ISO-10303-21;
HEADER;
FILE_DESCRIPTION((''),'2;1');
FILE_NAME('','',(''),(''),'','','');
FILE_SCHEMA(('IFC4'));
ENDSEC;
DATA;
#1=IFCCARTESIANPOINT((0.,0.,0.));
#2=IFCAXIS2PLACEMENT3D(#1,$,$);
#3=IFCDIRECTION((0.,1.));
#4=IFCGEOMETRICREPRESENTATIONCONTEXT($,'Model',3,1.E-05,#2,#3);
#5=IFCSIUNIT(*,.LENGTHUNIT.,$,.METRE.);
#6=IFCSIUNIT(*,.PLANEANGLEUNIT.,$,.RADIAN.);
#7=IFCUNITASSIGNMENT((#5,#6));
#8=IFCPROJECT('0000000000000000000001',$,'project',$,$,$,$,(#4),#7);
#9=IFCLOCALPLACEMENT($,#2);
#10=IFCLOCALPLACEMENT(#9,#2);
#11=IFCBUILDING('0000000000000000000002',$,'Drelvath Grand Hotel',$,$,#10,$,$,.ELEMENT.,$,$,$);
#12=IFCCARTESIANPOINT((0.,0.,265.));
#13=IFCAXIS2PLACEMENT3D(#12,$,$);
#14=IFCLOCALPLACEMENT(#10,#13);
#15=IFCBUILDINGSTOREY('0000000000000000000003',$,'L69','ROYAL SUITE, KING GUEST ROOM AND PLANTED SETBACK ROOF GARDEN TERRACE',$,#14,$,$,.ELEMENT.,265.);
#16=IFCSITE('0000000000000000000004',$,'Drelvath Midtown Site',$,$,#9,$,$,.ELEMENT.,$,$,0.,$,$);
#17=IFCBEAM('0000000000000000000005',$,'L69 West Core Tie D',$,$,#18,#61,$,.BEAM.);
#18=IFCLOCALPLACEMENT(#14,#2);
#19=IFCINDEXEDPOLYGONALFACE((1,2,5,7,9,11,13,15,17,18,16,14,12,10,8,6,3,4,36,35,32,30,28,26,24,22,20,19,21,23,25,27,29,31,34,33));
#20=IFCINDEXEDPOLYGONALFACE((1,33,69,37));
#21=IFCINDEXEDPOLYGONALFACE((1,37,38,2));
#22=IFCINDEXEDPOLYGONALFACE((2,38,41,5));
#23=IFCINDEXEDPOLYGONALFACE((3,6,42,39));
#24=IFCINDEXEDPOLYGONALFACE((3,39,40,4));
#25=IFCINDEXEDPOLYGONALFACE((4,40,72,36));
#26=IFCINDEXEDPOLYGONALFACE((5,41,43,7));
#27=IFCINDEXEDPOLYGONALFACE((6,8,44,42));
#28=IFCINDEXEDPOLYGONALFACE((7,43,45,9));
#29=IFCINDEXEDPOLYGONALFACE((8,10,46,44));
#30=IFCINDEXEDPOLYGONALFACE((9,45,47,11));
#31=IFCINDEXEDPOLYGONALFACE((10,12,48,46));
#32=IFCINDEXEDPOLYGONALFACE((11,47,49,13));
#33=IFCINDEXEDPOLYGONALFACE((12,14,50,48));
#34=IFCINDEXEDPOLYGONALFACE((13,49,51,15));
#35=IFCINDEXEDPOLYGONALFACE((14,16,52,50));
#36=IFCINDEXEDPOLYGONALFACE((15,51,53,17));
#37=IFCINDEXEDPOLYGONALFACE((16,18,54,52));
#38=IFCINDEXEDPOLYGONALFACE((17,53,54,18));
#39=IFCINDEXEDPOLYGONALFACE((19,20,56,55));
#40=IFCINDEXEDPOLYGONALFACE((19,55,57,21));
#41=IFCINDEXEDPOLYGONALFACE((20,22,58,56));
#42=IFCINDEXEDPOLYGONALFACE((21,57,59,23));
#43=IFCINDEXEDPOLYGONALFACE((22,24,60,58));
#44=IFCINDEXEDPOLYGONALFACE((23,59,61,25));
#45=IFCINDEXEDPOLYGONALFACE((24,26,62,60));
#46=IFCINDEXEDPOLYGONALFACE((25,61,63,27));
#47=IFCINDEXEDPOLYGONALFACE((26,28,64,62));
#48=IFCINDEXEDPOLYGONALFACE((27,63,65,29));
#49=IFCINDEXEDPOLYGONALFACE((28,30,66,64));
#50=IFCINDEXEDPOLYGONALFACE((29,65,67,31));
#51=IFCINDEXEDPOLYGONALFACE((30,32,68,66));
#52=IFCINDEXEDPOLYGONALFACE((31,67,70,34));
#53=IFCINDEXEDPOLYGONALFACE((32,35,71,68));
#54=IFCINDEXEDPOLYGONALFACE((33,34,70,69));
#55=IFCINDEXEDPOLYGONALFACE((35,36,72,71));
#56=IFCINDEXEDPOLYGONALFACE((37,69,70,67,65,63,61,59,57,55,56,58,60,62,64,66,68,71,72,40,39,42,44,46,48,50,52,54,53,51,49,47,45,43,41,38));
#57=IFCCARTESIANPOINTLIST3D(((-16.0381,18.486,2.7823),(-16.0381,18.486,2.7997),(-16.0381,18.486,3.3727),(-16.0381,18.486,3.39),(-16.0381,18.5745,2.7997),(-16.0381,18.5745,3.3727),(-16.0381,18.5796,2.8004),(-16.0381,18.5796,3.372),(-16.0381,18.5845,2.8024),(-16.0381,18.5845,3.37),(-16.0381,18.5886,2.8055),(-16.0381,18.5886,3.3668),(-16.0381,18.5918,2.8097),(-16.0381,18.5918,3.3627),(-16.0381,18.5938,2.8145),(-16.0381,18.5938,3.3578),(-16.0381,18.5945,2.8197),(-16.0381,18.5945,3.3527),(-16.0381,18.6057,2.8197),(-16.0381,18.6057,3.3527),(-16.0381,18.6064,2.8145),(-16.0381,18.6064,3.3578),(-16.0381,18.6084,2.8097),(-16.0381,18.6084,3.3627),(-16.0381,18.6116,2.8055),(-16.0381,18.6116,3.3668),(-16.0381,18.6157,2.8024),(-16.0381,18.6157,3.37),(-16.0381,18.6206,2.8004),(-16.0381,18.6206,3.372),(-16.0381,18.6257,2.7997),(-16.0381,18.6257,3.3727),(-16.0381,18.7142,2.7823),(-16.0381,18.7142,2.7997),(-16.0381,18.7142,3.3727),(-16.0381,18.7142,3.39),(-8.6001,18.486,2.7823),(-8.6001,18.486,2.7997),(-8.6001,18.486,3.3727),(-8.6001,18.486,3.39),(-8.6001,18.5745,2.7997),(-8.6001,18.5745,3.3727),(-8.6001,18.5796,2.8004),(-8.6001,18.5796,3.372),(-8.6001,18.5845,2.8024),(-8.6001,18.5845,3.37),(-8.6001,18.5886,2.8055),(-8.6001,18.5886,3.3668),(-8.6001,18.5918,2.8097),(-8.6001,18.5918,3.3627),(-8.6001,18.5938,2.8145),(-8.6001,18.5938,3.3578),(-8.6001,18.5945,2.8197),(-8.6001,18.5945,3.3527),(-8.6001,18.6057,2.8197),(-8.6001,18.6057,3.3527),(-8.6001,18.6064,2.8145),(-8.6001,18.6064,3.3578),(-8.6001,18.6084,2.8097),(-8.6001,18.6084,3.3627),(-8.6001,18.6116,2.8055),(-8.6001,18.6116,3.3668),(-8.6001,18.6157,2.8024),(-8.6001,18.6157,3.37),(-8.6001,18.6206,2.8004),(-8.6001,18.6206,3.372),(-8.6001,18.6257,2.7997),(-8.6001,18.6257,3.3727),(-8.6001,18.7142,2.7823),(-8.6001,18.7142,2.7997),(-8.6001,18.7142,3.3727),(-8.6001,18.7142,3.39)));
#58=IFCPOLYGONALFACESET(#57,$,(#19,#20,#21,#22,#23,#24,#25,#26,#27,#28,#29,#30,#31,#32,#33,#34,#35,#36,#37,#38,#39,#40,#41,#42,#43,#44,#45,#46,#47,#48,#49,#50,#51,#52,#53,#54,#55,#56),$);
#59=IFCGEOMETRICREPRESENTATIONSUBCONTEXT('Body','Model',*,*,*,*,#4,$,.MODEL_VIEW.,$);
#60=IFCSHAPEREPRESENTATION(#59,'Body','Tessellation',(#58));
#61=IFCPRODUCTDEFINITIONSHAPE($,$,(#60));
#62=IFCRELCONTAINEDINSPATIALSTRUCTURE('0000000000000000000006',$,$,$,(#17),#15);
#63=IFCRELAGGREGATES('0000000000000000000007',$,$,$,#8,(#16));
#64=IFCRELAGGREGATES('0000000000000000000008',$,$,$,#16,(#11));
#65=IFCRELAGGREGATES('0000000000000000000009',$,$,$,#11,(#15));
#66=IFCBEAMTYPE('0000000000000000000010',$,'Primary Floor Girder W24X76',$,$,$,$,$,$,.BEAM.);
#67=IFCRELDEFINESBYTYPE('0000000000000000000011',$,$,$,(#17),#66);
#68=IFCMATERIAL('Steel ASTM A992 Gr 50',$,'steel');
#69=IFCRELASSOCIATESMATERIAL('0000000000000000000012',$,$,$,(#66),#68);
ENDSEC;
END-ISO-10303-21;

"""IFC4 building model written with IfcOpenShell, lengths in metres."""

from ifc_helpers import new_model, si_unit, direction, frame, origin, origin_2d, place, context, subcontext, project, spatial, i_section, extrude, material, material_profile, profile_set, type_object, element, save


model = new_model("IFC4")

# Units and contexts
model_context = context("Model", 3, precision=1e-05, world=origin(), true_north=direction((0.0, 1.0)))
body_context = subcontext(model_context, "Body", "Model", "MODEL_VIEW")
ifc_project = project(units=[si_unit("LENGTHUNIT", "METRE"), si_unit("PLANEANGLEUNIT", "RADIAN")], contexts=[model_context])

# Site, building, storey
site_placement = place(None, origin())
site = spatial("IfcSite", under=ifc_project, at=site_placement, Name="Drelvath Midtown Site", CompositionType="ELEMENT", RefElevation=0.0)
building_placement = place(site_placement, origin())
building = spatial("IfcBuilding", under=site, at=building_placement, Name="Drelvath Grand Hotel", CompositionType="ELEMENT")
storey_placement = place(building_placement, frame((0.0, 0.0, 265.0)))
storey = spatial("IfcBuildingStorey", under=building, at=storey_placement, Name="L69", Description="ROYAL SUITE, KING GUEST ROOM AND PLANTED SETBACK ROOF GARDEN TERRACE", CompositionType="ELEMENT", Elevation=265.0)

# Beam
ifc_material_1 = material(Name="Steel ASTM A992 Gr 50", Category="steel")
ifc_material_profile = material_profile(ifc_material_1, i_section(OverallWidth=0.2283, OverallDepth=0.6077, WebThickness=0.0112, FlangeThickness=0.0173, FilletRadius=0.02, at=origin_2d()), Name="W24X76")
ifc_profile_set = profile_set([ifc_material_profile], Name="Steel ASTM A992 Gr 50")
beam_type = type_object("IfcBeamType", Name="Primary Floor Girder W24X76", PredefinedType="BEAM", material=ifc_profile_set)
beam_placement = place(storey_placement, frame((-16.0381, 18.6001, 3.0862), z_axis=(1.0, 0.0, 0.0), x_axis=(0.0, 1.0, 0.0)))
element("IfcBeam", 1, at=beam_placement, inside=storey, type_object=beam_type, Name="L69 West Core Tie D", PredefinedType="BEAM", context=body_context, shape_type="SweptSolid", body=[
    extrude(i_section(OverallWidth=0.2283, OverallDepth=0.6077, WebThickness=0.0112, FlangeThickness=0.0173, FilletRadius=0.02, at=origin_2d()), origin(), (0.0, 0.0, 1.0), 7.438),
])

save(model, "model.ifc")
